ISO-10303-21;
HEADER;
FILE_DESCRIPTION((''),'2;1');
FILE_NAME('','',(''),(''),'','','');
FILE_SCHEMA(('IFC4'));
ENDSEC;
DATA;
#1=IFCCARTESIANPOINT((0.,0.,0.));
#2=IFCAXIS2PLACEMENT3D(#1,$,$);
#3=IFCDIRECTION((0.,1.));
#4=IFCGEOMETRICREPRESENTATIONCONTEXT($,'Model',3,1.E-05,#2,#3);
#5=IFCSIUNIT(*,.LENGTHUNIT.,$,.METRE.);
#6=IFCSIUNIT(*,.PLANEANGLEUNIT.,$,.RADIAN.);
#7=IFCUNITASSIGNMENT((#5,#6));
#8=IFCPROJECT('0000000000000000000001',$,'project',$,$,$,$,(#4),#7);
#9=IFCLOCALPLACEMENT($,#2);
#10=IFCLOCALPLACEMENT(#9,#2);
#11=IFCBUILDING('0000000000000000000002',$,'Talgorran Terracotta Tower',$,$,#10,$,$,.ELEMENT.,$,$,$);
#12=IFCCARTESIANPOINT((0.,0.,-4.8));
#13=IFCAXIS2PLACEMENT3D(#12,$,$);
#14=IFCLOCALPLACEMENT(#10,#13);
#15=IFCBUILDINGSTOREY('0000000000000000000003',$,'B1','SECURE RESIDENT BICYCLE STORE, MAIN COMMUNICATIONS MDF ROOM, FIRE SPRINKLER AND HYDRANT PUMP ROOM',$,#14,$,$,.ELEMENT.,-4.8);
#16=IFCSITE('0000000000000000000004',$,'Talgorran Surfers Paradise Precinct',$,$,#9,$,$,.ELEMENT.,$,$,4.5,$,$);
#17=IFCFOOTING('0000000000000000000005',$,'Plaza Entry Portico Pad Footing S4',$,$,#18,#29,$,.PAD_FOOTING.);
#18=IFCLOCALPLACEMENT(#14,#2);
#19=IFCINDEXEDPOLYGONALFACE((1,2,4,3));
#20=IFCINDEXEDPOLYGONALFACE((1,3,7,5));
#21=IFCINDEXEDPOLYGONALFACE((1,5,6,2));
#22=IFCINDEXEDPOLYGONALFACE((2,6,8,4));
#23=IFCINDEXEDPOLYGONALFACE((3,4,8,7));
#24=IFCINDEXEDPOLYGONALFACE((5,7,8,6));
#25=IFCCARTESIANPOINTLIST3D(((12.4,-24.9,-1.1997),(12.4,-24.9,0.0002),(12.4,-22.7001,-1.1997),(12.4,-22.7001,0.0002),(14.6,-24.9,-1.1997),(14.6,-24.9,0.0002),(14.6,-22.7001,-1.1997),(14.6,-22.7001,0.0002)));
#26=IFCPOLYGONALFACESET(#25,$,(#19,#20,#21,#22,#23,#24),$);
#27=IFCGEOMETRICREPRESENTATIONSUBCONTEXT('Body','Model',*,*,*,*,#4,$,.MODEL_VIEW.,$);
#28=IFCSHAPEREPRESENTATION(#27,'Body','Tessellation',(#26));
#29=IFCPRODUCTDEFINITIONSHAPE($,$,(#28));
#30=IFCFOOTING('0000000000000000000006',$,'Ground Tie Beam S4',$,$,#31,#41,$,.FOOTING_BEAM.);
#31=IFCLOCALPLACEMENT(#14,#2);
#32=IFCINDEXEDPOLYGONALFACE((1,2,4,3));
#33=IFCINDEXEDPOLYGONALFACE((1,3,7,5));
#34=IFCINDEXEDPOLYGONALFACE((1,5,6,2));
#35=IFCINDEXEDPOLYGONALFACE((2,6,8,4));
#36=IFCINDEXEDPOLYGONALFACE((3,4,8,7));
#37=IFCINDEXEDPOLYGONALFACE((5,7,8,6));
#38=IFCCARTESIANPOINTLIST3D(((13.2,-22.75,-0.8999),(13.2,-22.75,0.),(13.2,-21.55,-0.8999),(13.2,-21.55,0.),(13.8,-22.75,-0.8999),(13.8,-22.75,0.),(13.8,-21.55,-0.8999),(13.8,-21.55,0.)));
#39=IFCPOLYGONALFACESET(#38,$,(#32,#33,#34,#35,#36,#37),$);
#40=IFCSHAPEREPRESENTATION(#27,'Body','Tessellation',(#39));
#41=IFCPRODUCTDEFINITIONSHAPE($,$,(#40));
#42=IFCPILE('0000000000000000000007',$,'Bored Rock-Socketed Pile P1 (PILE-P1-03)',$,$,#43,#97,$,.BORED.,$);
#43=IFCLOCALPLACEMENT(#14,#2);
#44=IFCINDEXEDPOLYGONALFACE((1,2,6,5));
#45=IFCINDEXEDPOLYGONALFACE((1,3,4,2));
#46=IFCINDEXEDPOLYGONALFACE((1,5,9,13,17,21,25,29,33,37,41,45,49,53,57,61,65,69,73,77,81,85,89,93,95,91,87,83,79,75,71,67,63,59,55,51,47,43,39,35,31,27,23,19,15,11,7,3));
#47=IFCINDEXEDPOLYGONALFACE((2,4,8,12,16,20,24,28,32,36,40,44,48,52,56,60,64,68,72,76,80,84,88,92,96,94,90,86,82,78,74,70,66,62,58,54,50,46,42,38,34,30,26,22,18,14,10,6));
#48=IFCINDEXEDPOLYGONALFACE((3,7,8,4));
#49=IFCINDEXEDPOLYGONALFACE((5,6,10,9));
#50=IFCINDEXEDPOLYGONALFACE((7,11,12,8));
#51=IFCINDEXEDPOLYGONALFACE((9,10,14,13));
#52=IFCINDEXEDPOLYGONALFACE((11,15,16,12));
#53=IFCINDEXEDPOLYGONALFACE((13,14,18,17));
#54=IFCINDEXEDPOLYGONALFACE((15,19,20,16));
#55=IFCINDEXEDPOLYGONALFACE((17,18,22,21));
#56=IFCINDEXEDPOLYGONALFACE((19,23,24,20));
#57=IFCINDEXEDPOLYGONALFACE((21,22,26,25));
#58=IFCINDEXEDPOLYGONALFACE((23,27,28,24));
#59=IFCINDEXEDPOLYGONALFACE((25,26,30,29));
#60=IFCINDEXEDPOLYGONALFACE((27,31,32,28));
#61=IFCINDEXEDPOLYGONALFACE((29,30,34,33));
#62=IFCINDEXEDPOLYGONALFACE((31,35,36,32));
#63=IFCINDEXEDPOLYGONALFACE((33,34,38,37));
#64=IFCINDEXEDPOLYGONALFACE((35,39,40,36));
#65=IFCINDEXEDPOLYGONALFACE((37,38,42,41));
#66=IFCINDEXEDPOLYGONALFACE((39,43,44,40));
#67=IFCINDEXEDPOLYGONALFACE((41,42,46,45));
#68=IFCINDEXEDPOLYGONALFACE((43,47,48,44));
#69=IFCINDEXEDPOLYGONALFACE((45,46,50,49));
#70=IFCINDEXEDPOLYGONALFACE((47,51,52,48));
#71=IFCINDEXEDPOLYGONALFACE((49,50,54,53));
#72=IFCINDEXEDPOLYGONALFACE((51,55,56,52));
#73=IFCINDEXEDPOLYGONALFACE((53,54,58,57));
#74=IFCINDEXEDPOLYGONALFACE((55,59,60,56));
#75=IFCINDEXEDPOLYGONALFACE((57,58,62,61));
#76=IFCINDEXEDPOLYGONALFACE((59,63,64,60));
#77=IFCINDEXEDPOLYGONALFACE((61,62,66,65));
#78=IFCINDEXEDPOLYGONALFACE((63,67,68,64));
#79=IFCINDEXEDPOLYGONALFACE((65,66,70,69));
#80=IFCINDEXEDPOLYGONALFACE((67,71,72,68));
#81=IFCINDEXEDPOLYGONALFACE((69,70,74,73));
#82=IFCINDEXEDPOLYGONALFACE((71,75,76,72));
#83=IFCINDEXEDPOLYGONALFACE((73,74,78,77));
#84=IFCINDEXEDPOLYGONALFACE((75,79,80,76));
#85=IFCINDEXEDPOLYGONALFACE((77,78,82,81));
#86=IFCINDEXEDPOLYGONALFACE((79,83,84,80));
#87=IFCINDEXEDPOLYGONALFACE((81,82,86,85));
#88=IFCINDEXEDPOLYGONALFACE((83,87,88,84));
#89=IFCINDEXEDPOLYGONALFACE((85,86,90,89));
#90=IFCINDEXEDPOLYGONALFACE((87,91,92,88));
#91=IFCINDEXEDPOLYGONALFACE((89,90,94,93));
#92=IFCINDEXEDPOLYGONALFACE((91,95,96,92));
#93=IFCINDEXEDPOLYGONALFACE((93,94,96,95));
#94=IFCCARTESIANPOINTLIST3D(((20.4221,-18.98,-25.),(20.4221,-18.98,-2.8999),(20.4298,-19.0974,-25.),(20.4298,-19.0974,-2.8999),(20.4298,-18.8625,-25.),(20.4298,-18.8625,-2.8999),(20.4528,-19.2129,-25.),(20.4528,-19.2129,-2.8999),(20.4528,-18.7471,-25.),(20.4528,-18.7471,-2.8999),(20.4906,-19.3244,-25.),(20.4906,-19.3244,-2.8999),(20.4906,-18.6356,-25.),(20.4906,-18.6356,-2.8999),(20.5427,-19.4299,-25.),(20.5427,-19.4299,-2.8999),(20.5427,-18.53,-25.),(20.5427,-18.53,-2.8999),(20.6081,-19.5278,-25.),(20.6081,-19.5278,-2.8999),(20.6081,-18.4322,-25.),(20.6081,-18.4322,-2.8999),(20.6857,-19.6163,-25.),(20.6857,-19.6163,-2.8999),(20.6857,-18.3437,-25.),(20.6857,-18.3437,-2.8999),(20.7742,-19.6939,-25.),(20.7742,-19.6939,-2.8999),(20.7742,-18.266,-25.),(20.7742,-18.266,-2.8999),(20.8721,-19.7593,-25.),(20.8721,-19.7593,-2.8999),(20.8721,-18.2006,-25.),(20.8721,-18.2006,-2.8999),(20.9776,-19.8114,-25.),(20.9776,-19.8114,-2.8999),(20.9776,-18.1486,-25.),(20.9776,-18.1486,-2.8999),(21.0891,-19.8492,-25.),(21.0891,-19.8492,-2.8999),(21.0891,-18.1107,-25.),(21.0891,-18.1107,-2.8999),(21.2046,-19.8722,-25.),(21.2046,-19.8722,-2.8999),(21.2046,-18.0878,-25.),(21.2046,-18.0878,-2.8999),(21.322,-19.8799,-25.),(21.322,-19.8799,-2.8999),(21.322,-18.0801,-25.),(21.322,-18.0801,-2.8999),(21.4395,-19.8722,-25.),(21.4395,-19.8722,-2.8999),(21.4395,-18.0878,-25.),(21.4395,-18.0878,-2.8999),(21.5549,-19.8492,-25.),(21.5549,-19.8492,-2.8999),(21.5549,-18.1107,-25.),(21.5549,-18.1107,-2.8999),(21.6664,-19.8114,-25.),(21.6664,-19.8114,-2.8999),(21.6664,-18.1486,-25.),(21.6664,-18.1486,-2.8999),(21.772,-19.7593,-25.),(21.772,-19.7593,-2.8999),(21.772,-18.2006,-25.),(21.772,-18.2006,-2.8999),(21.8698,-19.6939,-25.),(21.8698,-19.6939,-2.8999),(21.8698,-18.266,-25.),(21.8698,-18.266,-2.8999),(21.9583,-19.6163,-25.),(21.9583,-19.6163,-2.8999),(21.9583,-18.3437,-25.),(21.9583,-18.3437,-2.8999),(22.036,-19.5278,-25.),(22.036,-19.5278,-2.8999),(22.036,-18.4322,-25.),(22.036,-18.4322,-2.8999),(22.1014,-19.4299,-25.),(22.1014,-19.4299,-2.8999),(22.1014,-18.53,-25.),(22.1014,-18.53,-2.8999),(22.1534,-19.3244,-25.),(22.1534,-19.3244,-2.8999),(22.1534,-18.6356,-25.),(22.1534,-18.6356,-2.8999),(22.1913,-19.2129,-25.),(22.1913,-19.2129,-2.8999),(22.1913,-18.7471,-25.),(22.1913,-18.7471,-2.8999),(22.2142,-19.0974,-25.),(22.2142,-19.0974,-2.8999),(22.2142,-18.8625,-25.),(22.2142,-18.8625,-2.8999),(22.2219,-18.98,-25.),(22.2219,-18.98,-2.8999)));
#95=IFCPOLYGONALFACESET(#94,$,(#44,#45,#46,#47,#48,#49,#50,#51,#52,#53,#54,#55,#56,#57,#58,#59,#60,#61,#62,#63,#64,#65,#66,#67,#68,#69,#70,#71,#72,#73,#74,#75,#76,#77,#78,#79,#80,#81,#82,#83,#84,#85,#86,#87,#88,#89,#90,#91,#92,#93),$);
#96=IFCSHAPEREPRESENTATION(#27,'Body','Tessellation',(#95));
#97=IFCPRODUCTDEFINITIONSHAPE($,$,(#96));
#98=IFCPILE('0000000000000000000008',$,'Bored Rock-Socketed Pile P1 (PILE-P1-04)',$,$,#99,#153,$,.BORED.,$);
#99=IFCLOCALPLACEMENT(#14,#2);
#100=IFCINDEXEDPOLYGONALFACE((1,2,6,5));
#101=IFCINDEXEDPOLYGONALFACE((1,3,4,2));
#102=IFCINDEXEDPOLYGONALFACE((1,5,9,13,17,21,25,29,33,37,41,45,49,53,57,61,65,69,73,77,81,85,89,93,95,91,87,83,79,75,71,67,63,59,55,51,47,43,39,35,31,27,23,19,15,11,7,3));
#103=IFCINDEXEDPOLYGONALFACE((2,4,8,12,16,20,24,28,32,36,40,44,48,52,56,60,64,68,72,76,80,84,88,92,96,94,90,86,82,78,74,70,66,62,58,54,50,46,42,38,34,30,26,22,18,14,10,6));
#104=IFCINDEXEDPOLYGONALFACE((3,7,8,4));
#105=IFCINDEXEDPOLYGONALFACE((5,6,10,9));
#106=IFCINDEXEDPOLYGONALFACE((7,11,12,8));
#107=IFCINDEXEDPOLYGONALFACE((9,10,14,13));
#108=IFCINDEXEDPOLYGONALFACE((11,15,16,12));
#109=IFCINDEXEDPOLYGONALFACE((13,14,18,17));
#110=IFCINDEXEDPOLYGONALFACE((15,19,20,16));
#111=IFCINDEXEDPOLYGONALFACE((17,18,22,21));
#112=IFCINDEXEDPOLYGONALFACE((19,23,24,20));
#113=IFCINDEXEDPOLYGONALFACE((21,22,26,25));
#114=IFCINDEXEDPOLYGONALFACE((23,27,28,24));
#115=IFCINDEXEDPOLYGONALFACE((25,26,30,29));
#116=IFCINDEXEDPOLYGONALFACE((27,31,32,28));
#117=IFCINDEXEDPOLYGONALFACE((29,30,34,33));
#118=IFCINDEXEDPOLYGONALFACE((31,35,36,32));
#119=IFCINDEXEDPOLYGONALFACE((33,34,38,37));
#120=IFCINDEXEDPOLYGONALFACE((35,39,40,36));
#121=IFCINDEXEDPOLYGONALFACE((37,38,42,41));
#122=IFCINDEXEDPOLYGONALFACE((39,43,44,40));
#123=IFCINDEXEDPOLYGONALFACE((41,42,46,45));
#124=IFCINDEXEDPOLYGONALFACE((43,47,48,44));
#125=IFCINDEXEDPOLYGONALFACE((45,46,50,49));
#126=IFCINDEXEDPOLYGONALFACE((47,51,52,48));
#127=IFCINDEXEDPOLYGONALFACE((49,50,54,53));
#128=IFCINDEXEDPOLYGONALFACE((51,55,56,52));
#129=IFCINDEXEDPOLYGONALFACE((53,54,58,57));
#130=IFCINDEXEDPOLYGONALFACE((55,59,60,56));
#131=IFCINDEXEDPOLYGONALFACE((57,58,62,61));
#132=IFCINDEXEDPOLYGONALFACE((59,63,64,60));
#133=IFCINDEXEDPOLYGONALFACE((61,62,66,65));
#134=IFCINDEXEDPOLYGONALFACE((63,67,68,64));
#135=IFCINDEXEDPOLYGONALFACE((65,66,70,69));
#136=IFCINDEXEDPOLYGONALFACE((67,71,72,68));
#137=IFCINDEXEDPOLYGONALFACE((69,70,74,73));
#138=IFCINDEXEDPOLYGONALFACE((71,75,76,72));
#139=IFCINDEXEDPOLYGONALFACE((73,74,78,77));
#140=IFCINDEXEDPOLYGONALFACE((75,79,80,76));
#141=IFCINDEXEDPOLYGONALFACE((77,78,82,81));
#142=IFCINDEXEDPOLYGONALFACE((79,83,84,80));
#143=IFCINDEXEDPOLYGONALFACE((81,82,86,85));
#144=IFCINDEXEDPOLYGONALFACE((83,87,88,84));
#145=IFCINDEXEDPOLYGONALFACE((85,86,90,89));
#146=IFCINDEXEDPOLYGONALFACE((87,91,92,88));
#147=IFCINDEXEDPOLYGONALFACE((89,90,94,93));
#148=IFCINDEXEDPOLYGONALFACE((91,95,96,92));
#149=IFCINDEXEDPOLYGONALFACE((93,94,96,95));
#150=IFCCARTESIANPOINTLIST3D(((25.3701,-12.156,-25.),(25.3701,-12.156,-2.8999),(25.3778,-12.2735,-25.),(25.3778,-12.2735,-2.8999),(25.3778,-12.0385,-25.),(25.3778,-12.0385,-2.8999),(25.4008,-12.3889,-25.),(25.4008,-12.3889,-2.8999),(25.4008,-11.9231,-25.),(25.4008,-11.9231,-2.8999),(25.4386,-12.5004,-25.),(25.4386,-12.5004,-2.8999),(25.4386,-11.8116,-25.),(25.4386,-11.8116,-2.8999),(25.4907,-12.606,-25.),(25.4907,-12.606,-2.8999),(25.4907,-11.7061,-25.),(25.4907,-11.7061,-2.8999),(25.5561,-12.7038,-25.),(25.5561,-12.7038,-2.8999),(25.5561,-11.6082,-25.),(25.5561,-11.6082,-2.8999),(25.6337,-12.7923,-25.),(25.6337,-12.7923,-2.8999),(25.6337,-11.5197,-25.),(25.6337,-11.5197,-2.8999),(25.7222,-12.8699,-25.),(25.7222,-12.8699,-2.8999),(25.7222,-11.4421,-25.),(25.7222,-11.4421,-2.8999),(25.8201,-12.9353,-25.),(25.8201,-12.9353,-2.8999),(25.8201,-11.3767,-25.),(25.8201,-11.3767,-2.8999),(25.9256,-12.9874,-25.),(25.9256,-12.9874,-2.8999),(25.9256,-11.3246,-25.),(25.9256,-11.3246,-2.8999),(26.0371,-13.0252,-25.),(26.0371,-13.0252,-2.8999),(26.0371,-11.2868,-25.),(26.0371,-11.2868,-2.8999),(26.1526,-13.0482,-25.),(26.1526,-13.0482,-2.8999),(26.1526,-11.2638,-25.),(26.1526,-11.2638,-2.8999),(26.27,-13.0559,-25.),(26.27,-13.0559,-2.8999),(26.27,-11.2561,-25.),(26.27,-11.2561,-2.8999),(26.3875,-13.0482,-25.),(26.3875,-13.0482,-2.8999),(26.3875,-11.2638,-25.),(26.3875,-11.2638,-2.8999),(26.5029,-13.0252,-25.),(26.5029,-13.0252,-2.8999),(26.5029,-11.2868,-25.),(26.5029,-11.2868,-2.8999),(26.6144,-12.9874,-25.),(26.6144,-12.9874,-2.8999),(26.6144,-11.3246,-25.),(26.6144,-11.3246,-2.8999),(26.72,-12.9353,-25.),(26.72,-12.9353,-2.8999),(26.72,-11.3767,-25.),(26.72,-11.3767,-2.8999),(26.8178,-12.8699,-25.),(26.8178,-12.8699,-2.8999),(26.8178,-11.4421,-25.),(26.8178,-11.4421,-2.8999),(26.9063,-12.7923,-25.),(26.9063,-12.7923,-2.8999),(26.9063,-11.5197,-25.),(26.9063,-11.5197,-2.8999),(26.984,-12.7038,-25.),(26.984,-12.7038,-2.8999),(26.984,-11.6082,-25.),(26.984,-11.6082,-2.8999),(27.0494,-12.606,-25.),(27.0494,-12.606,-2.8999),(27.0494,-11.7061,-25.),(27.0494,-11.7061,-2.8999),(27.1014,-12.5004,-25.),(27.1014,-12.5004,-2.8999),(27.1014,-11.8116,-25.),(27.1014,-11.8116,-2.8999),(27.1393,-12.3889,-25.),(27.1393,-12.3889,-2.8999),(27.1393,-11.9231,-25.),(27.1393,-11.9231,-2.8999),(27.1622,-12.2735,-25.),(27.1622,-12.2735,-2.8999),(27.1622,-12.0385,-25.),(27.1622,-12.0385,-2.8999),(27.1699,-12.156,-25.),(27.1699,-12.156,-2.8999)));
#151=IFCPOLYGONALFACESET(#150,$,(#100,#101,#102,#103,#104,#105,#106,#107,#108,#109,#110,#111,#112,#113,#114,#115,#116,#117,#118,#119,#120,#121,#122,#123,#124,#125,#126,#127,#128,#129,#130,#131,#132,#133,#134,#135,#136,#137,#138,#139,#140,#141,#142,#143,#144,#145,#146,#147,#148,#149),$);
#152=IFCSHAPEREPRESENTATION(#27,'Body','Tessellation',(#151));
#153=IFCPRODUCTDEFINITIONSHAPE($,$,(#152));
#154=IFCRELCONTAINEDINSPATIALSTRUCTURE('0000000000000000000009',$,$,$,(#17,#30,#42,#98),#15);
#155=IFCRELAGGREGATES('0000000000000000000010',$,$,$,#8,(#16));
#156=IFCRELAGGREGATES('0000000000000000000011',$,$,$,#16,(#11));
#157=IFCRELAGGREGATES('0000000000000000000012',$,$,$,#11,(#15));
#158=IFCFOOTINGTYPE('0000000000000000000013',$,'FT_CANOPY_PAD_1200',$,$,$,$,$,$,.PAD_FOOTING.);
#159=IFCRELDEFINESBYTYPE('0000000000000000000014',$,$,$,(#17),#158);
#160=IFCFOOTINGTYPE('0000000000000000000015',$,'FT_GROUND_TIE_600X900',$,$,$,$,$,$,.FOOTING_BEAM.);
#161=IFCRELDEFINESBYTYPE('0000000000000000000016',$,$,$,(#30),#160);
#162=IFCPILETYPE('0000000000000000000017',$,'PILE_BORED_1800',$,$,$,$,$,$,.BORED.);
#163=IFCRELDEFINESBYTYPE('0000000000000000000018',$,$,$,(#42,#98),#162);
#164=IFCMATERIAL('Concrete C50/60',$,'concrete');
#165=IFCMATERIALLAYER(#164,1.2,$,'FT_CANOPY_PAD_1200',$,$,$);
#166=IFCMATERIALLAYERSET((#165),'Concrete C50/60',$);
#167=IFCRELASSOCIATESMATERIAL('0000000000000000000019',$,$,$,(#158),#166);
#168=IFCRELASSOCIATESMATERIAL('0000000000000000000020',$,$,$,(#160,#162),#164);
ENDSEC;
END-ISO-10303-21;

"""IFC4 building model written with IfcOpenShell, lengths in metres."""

from ifc_helpers import new_model, si_unit, direction, frame, origin, origin_2d, place, context, subcontext, project, spatial, rectangle, circle, extrude, material, layer, layer_set, material_profile, profile_set, type_object, element, save


model = new_model("IFC4")

# Units and contexts
model_context = context("Model", 3, precision=1e-05, world=origin(), true_north=direction((0.0, 1.0)))
body_context = subcontext(model_context, "Body", "Model", "MODEL_VIEW")
ifc_project = project(units=[si_unit("LENGTHUNIT", "METRE"), si_unit("PLANEANGLEUNIT", "RADIAN")], contexts=[model_context])

# Site, building, storey
site_placement = place(None, origin())
site = spatial("IfcSite", under=ifc_project, at=site_placement, Name="Talgorran Surfers Paradise Precinct", CompositionType="ELEMENT", RefElevation=4.5)
building_placement = place(site_placement, origin())
building = spatial("IfcBuilding", under=site, at=building_placement, Name="Talgorran Terracotta Tower", CompositionType="ELEMENT")
storey_placement = place(building_placement, frame((0.0, 0.0, -4.8)))
storey = spatial("IfcBuildingStorey", under=building, at=storey_placement, Name="B1", Description="SECURE RESIDENT BICYCLE STORE, MAIN COMMUNICATIONS MDF ROOM, FIRE SPRINKLER AND HYDRANT PUMP ROOM", CompositionType="ELEMENT", Elevation=-4.8)

# Footings
ifc_material_1 = material(Name="Concrete C50/60", Category="concrete")
ifc_layer_1 = layer(ifc_material_1, 1.2, Name="FT_CANOPY_PAD_1200")
ifc_layer_set_1 = layer_set([ifc_layer_1], Name="Concrete C50/60")
footing_type_1 = type_object("IfcFootingType", Name="FT_CANOPY_PAD_1200", PredefinedType="PAD_FOOTING", material=ifc_layer_set_1)
footing_1_placement = place(storey_placement, frame((13.5, -23.8, -1.1997), z_axis=(0.0, 0.0, 1.0), x_axis=(1.0, 0.0, 0.0)))
element("IfcFooting", 1, at=footing_1_placement, inside=storey, type_object=footing_type_1, Name="Plaza Entry Portico Pad Footing S4", PredefinedType="PAD_FOOTING", context=body_context, shape_type="SweptSolid", body=[
    extrude(rectangle(XDim=2.2, YDim=2.2, at=origin_2d()), origin(), (0.0, 0.0, 1.0), 1.2),
])
ifc_material_profile_1 = material_profile(ifc_material_1, rectangle(XDim=0.6001, YDim=0.8999, at=origin_2d()), Name="GB600X900")
ifc_profile_set_1 = profile_set([ifc_material_profile_1], Name="Concrete C50/60")
footing_type_2 = type_object("IfcFootingType", Name="FT_GROUND_TIE_600X900", PredefinedType="FOOTING_BEAM", material=ifc_profile_set_1)
footing_2_placement = place(storey_placement, frame((13.5, -22.75, -0.45), z_axis=(0.0, 1.0, 0.0), x_axis=(-1.0, 0.0, 0.0)))
element("IfcFooting", 2, at=footing_2_placement, inside=storey, type_object=footing_type_2, Name="Ground Tie Beam S4", PredefinedType="FOOTING_BEAM", context=body_context, shape_type="SweptSolid", body=[
    extrude(rectangle(XDim=0.6001, YDim=0.8999, at=origin_2d()), origin(), (0.0, 0.0, 1.0), 1.2),
])

# Piles
ifc_material_profile_2 = material_profile(ifc_material_1, circle(Radius=0.8999, at=origin_2d()), Name="PILE1800")
ifc_profile_set_2 = profile_set([ifc_material_profile_2], Name="Concrete C50/60")
pile_type = type_object("IfcPileType", Name="PILE_BORED_1800", PredefinedType="BORED", material=ifc_profile_set_2)
for number, where, z_axis, x_axis, name in (
    (3, (21.322, -18.98, -2.8999), (0.0, 0.0, -1.0), (1.0, 0.0, 0.0), "Bored Rock-Socketed Pile P1 (PILE-P1-03)"),
    (4, (26.27, -12.156, -2.8999), (0.0, 0.0, -1.0), (1.0, 0.0, 0.0), "Bored Rock-Socketed Pile P1 (PILE-P1-04)"),
):
    element("IfcPile", number, at=place(storey_placement, frame(where, z_axis=z_axis, x_axis=x_axis)), inside=storey, type_object=pile_type, Name=name, PredefinedType="BORED", context=body_context, shape_type="SweptSolid", body=[
        extrude(circle(Radius=0.8999, at=origin_2d()), origin(), (0.0, 0.0, 1.0), 22.1001),
    ])

save(model, "model.ifc")
